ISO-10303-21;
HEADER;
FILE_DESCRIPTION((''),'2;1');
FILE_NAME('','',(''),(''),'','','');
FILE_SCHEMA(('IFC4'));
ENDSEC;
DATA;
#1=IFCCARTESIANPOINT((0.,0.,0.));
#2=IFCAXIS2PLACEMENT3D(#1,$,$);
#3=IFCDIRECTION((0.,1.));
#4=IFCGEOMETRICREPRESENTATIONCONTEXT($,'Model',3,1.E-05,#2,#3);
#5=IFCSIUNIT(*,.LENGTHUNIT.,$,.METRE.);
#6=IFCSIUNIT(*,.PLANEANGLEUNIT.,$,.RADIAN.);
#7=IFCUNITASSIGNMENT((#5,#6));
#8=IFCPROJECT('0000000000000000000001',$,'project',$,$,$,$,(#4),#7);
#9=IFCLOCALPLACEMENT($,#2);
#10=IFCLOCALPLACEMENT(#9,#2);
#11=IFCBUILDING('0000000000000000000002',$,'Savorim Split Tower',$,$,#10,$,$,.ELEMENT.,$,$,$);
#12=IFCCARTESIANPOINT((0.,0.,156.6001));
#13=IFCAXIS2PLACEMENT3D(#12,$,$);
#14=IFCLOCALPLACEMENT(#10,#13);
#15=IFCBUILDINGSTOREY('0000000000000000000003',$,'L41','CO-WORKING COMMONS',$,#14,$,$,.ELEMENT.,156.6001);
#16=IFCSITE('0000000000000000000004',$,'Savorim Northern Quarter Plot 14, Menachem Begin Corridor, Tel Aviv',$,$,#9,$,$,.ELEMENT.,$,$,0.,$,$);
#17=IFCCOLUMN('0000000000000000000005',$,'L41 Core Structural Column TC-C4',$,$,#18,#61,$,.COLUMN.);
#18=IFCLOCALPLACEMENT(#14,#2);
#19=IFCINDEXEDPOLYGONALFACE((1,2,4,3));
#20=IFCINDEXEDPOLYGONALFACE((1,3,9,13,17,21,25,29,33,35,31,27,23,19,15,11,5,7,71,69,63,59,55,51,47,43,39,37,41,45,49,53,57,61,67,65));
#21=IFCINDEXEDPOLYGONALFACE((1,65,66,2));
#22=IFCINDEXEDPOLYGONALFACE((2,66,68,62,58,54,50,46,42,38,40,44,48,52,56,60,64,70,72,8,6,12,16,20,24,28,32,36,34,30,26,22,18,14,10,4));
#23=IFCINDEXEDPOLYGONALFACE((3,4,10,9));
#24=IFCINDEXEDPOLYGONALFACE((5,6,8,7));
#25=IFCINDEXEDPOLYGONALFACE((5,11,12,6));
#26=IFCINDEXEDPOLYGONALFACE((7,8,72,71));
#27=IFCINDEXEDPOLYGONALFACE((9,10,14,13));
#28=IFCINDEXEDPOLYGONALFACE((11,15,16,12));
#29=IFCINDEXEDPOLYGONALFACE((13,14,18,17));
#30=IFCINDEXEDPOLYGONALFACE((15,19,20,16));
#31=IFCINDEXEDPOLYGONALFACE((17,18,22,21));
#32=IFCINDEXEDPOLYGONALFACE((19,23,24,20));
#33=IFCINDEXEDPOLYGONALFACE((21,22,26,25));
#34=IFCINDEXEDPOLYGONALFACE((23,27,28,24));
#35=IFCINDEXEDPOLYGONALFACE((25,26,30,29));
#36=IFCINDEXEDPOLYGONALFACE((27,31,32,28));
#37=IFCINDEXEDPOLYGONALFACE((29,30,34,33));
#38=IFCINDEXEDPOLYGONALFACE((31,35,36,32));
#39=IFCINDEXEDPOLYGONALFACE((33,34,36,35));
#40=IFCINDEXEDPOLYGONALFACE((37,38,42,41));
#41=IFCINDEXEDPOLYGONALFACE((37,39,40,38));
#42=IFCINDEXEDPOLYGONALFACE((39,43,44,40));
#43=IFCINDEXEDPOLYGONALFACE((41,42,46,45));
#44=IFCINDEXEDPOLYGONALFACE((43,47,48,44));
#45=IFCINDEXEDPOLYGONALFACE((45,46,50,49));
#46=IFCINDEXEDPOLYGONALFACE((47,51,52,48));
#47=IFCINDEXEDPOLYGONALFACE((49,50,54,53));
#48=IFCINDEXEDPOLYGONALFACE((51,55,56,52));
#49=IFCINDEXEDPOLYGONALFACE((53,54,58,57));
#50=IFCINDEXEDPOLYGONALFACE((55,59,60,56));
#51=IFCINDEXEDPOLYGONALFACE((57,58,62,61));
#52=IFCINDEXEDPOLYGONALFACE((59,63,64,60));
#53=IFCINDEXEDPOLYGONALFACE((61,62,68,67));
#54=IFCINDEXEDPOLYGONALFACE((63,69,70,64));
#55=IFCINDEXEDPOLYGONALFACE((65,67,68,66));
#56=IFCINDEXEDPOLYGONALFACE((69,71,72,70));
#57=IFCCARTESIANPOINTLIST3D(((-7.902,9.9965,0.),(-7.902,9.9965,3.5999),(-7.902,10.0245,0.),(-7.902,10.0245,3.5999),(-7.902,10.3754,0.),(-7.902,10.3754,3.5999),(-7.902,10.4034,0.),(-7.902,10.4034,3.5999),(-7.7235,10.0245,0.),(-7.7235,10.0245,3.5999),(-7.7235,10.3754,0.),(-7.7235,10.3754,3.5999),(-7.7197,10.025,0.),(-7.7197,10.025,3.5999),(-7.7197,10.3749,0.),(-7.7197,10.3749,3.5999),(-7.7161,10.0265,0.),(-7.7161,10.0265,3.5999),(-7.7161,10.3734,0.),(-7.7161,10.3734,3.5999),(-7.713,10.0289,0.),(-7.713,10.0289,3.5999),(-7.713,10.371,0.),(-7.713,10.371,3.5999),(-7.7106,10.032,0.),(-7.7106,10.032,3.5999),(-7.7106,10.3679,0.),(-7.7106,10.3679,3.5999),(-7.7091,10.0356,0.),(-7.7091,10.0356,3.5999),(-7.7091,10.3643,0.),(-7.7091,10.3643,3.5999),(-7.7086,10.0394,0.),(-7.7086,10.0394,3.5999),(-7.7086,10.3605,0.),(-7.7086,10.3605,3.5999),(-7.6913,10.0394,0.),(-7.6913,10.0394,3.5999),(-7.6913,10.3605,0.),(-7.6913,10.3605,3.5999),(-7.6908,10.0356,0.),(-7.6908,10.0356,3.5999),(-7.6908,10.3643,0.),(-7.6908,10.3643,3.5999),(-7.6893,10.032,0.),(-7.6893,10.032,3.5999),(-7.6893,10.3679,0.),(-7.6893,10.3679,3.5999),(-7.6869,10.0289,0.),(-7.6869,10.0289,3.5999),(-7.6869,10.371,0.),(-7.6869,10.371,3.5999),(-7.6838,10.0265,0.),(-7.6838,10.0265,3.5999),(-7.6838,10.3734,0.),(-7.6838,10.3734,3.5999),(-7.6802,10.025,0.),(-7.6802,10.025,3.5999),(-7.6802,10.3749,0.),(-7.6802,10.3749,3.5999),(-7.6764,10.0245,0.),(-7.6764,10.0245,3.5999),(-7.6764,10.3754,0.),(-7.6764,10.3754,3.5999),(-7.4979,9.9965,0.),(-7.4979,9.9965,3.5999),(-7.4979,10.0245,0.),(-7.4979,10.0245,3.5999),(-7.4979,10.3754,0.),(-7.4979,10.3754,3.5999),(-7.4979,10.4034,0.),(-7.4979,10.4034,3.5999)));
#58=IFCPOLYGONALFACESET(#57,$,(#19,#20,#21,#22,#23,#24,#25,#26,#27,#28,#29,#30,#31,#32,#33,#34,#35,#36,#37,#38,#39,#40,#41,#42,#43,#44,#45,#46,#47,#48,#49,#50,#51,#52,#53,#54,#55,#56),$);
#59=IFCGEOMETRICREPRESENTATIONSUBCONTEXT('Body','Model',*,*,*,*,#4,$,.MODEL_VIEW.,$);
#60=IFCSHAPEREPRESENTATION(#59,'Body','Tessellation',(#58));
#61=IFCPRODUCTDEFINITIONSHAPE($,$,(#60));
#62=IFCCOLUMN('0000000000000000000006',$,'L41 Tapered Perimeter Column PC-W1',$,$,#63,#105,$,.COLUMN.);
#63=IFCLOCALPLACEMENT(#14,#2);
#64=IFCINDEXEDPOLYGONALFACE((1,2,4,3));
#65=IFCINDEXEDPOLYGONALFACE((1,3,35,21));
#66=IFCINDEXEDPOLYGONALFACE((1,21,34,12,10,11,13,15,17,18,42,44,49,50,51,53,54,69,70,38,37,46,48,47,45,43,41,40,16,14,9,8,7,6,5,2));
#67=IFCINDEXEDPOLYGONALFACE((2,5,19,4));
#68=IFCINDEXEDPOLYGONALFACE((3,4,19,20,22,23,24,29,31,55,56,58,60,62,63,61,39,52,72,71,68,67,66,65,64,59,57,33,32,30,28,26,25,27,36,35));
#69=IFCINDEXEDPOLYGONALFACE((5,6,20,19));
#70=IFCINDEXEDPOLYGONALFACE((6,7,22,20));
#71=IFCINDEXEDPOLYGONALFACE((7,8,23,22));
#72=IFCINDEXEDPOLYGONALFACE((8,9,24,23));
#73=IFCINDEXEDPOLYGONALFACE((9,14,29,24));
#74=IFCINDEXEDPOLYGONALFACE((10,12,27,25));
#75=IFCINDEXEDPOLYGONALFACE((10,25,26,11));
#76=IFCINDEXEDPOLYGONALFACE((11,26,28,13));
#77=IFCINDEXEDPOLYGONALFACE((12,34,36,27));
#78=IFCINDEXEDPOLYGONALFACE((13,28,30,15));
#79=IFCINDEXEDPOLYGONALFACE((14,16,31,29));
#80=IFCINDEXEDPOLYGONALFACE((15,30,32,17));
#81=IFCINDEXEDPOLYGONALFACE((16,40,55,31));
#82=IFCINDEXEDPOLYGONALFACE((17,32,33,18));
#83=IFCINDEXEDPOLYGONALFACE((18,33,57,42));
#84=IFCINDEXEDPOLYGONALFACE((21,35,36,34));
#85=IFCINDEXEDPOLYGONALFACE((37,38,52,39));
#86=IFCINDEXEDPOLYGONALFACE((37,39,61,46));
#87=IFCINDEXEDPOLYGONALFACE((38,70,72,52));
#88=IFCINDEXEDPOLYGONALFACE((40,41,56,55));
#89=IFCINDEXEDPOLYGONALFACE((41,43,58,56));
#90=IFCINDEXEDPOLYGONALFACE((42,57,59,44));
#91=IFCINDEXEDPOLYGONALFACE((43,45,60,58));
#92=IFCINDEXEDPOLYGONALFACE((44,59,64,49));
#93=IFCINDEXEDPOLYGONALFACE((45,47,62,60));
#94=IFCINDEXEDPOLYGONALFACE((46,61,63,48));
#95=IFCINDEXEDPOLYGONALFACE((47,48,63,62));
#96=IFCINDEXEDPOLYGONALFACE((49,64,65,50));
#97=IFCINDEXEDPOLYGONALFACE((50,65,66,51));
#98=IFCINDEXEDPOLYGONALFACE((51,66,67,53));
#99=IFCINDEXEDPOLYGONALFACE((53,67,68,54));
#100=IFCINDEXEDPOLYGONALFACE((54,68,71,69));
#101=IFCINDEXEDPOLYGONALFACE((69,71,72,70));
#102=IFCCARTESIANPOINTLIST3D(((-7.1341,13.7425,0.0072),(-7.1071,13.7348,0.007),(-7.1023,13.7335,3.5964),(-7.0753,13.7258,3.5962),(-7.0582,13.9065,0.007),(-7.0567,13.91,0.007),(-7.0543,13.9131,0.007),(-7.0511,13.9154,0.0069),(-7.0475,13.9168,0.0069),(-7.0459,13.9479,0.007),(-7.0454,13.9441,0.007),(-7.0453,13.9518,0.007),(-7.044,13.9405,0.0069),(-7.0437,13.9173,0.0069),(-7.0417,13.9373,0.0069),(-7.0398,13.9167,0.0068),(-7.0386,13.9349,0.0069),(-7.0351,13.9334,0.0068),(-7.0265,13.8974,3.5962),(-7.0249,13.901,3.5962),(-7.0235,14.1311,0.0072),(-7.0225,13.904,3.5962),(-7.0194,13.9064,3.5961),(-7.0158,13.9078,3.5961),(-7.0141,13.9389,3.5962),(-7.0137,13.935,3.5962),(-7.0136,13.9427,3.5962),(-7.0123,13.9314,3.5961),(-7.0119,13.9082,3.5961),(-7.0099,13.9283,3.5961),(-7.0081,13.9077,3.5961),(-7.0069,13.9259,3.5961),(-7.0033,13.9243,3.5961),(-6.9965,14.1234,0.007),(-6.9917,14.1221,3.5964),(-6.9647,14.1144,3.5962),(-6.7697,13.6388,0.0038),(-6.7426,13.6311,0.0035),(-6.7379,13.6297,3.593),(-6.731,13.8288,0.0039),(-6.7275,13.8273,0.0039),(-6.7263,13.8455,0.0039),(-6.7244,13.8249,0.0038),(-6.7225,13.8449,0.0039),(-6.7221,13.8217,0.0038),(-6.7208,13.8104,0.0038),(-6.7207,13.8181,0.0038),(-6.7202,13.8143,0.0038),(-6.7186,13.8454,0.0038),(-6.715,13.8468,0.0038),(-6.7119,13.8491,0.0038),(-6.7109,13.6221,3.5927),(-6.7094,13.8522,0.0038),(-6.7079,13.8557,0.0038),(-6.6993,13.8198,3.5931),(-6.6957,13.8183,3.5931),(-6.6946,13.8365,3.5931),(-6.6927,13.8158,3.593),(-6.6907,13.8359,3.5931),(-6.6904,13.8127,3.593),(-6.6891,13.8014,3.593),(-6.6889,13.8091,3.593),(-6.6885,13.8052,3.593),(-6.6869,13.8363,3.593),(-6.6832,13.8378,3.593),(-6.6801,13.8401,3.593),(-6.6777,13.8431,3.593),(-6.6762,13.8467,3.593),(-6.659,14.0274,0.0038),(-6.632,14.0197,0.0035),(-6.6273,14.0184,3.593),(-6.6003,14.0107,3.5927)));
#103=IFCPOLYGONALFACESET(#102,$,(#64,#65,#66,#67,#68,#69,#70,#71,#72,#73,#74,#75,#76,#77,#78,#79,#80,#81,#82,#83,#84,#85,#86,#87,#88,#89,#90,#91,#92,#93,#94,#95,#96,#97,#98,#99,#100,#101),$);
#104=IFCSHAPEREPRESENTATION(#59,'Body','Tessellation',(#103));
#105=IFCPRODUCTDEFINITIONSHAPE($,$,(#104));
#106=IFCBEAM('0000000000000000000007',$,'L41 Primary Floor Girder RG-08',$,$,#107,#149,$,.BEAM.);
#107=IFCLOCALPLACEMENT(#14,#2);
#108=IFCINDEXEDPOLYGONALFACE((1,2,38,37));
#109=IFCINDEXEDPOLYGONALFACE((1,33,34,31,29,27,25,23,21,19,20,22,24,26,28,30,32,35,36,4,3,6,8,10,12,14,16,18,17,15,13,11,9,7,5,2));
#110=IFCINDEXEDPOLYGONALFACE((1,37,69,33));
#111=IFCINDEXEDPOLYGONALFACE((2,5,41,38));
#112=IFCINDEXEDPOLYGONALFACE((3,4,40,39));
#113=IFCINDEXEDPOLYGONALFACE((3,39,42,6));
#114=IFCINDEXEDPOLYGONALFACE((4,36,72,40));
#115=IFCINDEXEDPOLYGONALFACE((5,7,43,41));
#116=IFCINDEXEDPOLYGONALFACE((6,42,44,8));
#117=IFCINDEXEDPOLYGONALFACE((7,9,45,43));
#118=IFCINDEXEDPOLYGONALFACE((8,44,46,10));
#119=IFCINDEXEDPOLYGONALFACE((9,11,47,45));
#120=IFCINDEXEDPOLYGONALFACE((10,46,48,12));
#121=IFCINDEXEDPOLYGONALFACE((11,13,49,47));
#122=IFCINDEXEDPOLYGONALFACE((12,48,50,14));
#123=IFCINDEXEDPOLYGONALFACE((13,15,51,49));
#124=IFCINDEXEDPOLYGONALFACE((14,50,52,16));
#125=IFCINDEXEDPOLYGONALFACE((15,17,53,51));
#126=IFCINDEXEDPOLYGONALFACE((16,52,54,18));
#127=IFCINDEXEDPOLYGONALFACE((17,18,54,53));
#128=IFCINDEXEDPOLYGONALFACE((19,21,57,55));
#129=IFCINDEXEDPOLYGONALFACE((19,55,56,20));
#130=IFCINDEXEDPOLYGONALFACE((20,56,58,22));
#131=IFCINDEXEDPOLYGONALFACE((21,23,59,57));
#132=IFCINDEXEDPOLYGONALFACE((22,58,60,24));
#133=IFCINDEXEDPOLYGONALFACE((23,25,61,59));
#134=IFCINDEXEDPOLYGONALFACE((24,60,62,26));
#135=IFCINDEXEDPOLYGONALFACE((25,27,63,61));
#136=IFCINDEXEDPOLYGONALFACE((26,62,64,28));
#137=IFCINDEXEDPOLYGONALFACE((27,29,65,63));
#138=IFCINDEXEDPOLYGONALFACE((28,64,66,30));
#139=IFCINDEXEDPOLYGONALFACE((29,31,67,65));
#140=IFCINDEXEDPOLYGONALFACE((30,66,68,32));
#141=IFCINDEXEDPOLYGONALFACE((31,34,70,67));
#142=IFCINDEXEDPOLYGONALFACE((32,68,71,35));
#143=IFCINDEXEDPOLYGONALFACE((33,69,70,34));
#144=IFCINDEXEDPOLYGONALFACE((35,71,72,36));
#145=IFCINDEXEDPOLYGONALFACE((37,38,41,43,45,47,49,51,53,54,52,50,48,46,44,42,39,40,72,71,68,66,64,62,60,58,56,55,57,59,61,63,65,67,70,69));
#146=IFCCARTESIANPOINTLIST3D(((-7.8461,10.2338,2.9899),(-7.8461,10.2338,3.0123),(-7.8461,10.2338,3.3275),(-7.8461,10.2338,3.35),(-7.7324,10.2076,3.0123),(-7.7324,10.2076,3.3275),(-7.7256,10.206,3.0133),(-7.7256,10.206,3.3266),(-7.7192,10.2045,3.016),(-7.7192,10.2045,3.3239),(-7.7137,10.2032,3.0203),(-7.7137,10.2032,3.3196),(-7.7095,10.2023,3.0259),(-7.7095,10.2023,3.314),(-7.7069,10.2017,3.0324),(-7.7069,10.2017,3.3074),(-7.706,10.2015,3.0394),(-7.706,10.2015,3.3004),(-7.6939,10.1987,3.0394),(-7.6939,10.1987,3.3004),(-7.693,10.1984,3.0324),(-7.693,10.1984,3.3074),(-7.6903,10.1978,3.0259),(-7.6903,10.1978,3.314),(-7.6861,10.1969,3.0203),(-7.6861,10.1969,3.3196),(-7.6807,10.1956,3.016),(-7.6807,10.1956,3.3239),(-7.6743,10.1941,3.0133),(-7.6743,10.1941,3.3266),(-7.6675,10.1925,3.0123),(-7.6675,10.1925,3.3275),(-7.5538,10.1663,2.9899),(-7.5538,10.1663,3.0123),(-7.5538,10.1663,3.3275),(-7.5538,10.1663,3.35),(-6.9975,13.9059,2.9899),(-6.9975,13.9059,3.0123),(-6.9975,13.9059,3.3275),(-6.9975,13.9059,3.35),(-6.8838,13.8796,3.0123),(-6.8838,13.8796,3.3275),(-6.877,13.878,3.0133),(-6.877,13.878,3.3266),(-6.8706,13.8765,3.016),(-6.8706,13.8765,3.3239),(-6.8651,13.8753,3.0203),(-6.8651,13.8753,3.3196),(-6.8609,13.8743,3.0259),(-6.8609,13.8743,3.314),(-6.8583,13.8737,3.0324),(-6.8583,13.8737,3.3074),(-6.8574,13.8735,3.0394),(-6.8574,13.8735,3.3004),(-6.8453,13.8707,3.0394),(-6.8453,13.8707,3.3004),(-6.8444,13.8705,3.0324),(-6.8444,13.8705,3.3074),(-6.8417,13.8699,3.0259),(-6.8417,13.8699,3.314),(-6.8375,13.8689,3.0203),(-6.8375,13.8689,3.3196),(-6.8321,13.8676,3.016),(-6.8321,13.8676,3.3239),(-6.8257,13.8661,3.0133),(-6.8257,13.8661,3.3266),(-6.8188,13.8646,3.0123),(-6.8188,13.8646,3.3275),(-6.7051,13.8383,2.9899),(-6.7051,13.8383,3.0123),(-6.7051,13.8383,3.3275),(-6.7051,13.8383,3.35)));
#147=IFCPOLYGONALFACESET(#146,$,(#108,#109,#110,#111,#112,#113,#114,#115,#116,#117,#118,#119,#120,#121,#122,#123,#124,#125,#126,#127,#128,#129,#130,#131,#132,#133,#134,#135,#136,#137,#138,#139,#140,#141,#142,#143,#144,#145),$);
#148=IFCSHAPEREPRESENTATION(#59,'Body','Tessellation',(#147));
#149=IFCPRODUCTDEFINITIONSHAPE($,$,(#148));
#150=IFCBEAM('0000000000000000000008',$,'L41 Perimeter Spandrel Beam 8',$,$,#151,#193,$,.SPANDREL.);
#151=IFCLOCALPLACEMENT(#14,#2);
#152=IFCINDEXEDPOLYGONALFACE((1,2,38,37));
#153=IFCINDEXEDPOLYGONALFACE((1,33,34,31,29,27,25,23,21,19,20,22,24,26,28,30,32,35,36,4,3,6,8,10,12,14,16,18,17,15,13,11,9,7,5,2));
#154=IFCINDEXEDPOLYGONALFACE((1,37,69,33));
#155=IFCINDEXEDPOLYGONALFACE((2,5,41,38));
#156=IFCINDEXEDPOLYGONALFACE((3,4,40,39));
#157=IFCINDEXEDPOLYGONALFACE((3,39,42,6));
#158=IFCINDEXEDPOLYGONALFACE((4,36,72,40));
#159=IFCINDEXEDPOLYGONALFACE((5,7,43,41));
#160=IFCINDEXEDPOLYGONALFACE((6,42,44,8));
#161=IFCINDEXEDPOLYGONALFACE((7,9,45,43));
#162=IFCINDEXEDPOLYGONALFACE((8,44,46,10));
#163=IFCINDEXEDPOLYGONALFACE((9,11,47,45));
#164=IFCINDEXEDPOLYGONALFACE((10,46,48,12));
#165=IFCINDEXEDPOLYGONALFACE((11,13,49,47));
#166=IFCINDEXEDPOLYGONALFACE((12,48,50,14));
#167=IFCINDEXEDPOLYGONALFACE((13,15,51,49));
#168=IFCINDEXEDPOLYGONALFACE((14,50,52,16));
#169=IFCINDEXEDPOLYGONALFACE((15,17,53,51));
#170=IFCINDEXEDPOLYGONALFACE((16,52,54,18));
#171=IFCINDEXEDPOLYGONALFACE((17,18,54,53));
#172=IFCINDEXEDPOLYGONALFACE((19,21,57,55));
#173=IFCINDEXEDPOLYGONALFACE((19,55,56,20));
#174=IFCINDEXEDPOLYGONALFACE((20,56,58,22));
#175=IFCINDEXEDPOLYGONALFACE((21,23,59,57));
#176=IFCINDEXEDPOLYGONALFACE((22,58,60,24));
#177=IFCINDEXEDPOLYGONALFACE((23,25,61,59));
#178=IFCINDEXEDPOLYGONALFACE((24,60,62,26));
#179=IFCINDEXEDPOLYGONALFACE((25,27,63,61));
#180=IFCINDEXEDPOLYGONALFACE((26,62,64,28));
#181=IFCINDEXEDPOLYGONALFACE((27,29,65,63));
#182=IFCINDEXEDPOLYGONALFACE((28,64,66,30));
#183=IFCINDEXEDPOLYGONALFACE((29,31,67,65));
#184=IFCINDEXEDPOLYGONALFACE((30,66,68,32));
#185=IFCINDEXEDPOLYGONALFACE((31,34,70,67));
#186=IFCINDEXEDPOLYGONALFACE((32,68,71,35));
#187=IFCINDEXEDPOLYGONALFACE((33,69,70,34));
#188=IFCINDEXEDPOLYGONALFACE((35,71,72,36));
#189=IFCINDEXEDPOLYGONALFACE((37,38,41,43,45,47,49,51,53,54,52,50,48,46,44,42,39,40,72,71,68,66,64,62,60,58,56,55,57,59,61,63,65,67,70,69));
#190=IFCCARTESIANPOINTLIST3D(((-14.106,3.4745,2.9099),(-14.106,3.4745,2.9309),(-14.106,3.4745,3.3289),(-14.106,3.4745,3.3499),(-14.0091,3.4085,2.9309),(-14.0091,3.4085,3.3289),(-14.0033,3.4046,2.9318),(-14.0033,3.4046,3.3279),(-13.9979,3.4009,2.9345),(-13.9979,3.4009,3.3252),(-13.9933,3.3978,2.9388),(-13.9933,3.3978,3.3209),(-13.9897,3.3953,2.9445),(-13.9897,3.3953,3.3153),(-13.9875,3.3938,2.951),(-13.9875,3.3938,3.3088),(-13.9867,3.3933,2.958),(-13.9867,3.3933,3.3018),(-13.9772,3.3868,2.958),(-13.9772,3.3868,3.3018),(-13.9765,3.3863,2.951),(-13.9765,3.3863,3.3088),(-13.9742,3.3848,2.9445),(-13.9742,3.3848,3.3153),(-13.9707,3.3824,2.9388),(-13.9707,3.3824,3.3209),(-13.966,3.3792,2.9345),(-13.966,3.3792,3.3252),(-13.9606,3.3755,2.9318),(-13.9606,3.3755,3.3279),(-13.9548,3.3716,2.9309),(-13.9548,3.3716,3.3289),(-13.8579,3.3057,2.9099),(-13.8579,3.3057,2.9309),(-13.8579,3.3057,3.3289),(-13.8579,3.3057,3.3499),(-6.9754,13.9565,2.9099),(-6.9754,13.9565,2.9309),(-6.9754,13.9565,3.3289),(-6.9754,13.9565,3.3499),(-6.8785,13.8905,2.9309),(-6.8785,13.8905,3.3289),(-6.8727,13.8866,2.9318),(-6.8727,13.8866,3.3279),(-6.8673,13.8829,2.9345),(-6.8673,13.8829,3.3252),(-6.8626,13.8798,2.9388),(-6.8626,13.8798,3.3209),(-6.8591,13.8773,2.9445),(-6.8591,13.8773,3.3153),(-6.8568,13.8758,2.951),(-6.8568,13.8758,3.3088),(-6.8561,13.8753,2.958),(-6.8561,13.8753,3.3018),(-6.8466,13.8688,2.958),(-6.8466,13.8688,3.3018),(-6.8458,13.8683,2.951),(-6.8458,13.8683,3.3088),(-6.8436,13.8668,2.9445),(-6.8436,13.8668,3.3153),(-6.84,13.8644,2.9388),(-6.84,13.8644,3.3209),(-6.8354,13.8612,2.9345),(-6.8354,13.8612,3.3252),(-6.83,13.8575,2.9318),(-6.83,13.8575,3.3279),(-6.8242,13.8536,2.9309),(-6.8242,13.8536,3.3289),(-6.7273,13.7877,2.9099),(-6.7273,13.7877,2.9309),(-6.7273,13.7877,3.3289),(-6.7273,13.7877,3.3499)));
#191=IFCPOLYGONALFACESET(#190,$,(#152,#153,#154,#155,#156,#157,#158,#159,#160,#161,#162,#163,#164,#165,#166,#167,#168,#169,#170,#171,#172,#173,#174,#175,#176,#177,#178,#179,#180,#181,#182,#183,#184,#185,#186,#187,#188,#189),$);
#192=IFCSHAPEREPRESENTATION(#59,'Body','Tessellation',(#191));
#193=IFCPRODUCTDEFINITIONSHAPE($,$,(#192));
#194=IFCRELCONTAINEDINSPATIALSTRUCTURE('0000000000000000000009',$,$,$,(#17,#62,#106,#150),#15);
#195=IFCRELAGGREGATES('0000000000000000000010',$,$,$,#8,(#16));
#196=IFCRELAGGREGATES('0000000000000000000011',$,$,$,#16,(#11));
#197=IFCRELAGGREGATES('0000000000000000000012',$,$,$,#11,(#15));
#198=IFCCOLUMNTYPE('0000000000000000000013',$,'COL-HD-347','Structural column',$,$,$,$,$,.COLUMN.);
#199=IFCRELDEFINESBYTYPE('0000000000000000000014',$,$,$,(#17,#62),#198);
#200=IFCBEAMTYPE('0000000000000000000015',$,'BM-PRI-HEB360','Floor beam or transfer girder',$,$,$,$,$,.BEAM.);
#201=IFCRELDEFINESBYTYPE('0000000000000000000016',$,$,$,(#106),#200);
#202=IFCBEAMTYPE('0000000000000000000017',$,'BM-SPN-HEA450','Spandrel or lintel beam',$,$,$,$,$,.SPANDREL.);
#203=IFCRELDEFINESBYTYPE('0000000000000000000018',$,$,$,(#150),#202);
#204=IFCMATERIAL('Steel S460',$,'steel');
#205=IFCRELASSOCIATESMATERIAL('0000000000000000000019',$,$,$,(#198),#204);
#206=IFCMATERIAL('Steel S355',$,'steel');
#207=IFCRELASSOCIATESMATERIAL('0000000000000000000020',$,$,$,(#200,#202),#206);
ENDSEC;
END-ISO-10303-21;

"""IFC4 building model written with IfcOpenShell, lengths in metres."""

from ifc_helpers import new_model, si_unit, direction, frame, origin, origin_2d, place, context, subcontext, project, spatial, i_section, extrude, material, material_profile, profile_set, type_object, element, save


model = new_model("IFC4")

# Units and contexts
model_context = context("Model", 3, precision=1e-05, world=origin(), true_north=direction((0.0, 1.0)))
body_context = subcontext(model_context, "Body", "Model", "MODEL_VIEW")
ifc_project = project(units=[si_unit("LENGTHUNIT", "METRE"), si_unit("PLANEANGLEUNIT", "RADIAN")], contexts=[model_context])

# Site, building, storey
site_placement = place(None, origin())
site = spatial("IfcSite", under=ifc_project, at=site_placement, Name="Savorim Northern Quarter Plot 14, Menachem Begin Corridor, Tel Aviv", CompositionType="ELEMENT", RefElevation=0.0)
building_placement = place(site_placement, origin())
building = spatial("IfcBuilding", under=site, at=building_placement, Name="Savorim Split Tower", CompositionType="ELEMENT")
storey_placement = place(building_placement, frame((0.0, 0.0, 156.6001)))
storey = spatial("IfcBuildingStorey", under=building, at=storey_placement, Name="L41", Description="CO-WORKING COMMONS", CompositionType="ELEMENT", Elevation=156.6001)

# Columns
ifc_material_1 = material(Name="Steel S460", Category="steel")
ifc_material_profile_1 = material_profile(ifc_material_1, i_section(OverallWidth=0.4041, OverallDepth=0.407, WebThickness=0.0173, FlangeThickness=0.0281, FilletRadius=0.0149, at=origin_2d()), Name="HD 400x347")
ifc_profile_set_1 = profile_set([ifc_material_profile_1], Name="Steel S460")
column_type = type_object("IfcColumnType", Name="COL-HD-347", Description="Structural column", PredefinedType="COLUMN", material=ifc_profile_set_1)
column_1_placement = place(storey_placement, frame((-7.7, 10.2, 0.0), z_axis=(0.0, 0.0, 1.0), x_axis=(1.0, 0.0, 0.0)))
element("IfcColumn", 1, at=column_1_placement, inside=storey, type_object=column_type, Name="L41 Core Structural Column TC-C4", PredefinedType="COLUMN", context=body_context, shape_type="SweptSolid", body=[
    extrude(i_section(OverallWidth=0.4041, OverallDepth=0.407, WebThickness=0.0173, FlangeThickness=0.0281, FilletRadius=0.0149, at=origin_2d()), origin(), (0.0, 0.0, 1.0), 3.5999),
])
column_2_placement = place(storey_placement, frame((-6.8831, 13.8811, 0.0054), z_axis=(0.008843, -0.002517, 0.999958), x_axis=(0.273744, 0.961803, 0.0)))
element("IfcColumn", 2, at=column_2_placement, inside=storey, type_object=column_type, Name="L41 Tapered Perimeter Column PC-W1", PredefinedType="COLUMN", context=body_context, shape_type="SweptSolid", body=[
    extrude(i_section(OverallWidth=0.4041, OverallDepth=0.407, WebThickness=0.0173, FlangeThickness=0.0281, FilletRadius=0.0149, at=origin_2d()), origin(), (0.0, 0.0, 1.0), 3.5894),
])

# Beams
ifc_material_2 = material(Name="Steel S355", Category="steel")
ifc_material_profile_2 = material_profile(ifc_material_2, i_section(OverallWidth=0.3, OverallDepth=0.3601, WebThickness=0.0125, FlangeThickness=0.0225, FilletRadius=0.0271, at=origin_2d()), Name="HEB 360")
ifc_profile_set_2 = profile_set([ifc_material_profile_2], Name="Steel S355")
beam_type_1 = type_object("IfcBeamType", Name="BM-PRI-HEB360", Description="Floor beam or transfer girder", PredefinedType="BEAM", material=ifc_profile_set_2)
beam_1_placement = place(storey_placement, frame((-6.8513, 13.8721, 3.1699), z_axis=(-0.225167, -0.97432, 0.0), x_axis=(0.97432, -0.225167, 0.0)))
element("IfcBeam", 3, at=beam_1_placement, inside=storey, type_object=beam_type_1, Name="L41 Primary Floor Girder RG-08", PredefinedType="BEAM", context=body_context, shape_type="SweptSolid", body=[
    extrude(i_section(OverallWidth=0.3, OverallDepth=0.3601, WebThickness=0.0125, FlangeThickness=0.0225, FilletRadius=0.0271, at=origin_2d()), origin(), (0.0, 0.0, 1.0), 3.7688),
])
ifc_material_profile_3 = material_profile(ifc_material_2, i_section(OverallWidth=0.3, OverallDepth=0.4399, WebThickness=0.0115, FlangeThickness=0.021, FilletRadius=0.0271, at=origin_2d()), Name="HEA 450")
ifc_profile_set_3 = profile_set([ifc_material_profile_3], Name="Steel S355")
beam_type_2 = type_object("IfcBeamType", Name="BM-SPN-HEA450", Description="Spandrel or lintel beam", PredefinedType="SPANDREL", material=ifc_profile_set_3)
beam_2_placement = place(storey_placement, frame((-6.8513, 13.8721, 3.1299), z_axis=(-0.562466, -0.82682, 0.0), x_axis=(0.82682, -0.562466, 0.0)))
element("IfcBeam", 4, at=beam_2_placement, inside=storey, type_object=beam_type_2, Name="L41 Perimeter Spandrel Beam 8", PredefinedType="SPANDREL", context=body_context, shape_type="SweptSolid", body=[
    extrude(i_section(OverallWidth=0.3, OverallDepth=0.4399, WebThickness=0.0115, FlangeThickness=0.021, FilletRadius=0.0271, at=origin_2d()), origin(), (0.0, 0.0, 1.0), 12.6775),
])

save(model, "model.ifc")
